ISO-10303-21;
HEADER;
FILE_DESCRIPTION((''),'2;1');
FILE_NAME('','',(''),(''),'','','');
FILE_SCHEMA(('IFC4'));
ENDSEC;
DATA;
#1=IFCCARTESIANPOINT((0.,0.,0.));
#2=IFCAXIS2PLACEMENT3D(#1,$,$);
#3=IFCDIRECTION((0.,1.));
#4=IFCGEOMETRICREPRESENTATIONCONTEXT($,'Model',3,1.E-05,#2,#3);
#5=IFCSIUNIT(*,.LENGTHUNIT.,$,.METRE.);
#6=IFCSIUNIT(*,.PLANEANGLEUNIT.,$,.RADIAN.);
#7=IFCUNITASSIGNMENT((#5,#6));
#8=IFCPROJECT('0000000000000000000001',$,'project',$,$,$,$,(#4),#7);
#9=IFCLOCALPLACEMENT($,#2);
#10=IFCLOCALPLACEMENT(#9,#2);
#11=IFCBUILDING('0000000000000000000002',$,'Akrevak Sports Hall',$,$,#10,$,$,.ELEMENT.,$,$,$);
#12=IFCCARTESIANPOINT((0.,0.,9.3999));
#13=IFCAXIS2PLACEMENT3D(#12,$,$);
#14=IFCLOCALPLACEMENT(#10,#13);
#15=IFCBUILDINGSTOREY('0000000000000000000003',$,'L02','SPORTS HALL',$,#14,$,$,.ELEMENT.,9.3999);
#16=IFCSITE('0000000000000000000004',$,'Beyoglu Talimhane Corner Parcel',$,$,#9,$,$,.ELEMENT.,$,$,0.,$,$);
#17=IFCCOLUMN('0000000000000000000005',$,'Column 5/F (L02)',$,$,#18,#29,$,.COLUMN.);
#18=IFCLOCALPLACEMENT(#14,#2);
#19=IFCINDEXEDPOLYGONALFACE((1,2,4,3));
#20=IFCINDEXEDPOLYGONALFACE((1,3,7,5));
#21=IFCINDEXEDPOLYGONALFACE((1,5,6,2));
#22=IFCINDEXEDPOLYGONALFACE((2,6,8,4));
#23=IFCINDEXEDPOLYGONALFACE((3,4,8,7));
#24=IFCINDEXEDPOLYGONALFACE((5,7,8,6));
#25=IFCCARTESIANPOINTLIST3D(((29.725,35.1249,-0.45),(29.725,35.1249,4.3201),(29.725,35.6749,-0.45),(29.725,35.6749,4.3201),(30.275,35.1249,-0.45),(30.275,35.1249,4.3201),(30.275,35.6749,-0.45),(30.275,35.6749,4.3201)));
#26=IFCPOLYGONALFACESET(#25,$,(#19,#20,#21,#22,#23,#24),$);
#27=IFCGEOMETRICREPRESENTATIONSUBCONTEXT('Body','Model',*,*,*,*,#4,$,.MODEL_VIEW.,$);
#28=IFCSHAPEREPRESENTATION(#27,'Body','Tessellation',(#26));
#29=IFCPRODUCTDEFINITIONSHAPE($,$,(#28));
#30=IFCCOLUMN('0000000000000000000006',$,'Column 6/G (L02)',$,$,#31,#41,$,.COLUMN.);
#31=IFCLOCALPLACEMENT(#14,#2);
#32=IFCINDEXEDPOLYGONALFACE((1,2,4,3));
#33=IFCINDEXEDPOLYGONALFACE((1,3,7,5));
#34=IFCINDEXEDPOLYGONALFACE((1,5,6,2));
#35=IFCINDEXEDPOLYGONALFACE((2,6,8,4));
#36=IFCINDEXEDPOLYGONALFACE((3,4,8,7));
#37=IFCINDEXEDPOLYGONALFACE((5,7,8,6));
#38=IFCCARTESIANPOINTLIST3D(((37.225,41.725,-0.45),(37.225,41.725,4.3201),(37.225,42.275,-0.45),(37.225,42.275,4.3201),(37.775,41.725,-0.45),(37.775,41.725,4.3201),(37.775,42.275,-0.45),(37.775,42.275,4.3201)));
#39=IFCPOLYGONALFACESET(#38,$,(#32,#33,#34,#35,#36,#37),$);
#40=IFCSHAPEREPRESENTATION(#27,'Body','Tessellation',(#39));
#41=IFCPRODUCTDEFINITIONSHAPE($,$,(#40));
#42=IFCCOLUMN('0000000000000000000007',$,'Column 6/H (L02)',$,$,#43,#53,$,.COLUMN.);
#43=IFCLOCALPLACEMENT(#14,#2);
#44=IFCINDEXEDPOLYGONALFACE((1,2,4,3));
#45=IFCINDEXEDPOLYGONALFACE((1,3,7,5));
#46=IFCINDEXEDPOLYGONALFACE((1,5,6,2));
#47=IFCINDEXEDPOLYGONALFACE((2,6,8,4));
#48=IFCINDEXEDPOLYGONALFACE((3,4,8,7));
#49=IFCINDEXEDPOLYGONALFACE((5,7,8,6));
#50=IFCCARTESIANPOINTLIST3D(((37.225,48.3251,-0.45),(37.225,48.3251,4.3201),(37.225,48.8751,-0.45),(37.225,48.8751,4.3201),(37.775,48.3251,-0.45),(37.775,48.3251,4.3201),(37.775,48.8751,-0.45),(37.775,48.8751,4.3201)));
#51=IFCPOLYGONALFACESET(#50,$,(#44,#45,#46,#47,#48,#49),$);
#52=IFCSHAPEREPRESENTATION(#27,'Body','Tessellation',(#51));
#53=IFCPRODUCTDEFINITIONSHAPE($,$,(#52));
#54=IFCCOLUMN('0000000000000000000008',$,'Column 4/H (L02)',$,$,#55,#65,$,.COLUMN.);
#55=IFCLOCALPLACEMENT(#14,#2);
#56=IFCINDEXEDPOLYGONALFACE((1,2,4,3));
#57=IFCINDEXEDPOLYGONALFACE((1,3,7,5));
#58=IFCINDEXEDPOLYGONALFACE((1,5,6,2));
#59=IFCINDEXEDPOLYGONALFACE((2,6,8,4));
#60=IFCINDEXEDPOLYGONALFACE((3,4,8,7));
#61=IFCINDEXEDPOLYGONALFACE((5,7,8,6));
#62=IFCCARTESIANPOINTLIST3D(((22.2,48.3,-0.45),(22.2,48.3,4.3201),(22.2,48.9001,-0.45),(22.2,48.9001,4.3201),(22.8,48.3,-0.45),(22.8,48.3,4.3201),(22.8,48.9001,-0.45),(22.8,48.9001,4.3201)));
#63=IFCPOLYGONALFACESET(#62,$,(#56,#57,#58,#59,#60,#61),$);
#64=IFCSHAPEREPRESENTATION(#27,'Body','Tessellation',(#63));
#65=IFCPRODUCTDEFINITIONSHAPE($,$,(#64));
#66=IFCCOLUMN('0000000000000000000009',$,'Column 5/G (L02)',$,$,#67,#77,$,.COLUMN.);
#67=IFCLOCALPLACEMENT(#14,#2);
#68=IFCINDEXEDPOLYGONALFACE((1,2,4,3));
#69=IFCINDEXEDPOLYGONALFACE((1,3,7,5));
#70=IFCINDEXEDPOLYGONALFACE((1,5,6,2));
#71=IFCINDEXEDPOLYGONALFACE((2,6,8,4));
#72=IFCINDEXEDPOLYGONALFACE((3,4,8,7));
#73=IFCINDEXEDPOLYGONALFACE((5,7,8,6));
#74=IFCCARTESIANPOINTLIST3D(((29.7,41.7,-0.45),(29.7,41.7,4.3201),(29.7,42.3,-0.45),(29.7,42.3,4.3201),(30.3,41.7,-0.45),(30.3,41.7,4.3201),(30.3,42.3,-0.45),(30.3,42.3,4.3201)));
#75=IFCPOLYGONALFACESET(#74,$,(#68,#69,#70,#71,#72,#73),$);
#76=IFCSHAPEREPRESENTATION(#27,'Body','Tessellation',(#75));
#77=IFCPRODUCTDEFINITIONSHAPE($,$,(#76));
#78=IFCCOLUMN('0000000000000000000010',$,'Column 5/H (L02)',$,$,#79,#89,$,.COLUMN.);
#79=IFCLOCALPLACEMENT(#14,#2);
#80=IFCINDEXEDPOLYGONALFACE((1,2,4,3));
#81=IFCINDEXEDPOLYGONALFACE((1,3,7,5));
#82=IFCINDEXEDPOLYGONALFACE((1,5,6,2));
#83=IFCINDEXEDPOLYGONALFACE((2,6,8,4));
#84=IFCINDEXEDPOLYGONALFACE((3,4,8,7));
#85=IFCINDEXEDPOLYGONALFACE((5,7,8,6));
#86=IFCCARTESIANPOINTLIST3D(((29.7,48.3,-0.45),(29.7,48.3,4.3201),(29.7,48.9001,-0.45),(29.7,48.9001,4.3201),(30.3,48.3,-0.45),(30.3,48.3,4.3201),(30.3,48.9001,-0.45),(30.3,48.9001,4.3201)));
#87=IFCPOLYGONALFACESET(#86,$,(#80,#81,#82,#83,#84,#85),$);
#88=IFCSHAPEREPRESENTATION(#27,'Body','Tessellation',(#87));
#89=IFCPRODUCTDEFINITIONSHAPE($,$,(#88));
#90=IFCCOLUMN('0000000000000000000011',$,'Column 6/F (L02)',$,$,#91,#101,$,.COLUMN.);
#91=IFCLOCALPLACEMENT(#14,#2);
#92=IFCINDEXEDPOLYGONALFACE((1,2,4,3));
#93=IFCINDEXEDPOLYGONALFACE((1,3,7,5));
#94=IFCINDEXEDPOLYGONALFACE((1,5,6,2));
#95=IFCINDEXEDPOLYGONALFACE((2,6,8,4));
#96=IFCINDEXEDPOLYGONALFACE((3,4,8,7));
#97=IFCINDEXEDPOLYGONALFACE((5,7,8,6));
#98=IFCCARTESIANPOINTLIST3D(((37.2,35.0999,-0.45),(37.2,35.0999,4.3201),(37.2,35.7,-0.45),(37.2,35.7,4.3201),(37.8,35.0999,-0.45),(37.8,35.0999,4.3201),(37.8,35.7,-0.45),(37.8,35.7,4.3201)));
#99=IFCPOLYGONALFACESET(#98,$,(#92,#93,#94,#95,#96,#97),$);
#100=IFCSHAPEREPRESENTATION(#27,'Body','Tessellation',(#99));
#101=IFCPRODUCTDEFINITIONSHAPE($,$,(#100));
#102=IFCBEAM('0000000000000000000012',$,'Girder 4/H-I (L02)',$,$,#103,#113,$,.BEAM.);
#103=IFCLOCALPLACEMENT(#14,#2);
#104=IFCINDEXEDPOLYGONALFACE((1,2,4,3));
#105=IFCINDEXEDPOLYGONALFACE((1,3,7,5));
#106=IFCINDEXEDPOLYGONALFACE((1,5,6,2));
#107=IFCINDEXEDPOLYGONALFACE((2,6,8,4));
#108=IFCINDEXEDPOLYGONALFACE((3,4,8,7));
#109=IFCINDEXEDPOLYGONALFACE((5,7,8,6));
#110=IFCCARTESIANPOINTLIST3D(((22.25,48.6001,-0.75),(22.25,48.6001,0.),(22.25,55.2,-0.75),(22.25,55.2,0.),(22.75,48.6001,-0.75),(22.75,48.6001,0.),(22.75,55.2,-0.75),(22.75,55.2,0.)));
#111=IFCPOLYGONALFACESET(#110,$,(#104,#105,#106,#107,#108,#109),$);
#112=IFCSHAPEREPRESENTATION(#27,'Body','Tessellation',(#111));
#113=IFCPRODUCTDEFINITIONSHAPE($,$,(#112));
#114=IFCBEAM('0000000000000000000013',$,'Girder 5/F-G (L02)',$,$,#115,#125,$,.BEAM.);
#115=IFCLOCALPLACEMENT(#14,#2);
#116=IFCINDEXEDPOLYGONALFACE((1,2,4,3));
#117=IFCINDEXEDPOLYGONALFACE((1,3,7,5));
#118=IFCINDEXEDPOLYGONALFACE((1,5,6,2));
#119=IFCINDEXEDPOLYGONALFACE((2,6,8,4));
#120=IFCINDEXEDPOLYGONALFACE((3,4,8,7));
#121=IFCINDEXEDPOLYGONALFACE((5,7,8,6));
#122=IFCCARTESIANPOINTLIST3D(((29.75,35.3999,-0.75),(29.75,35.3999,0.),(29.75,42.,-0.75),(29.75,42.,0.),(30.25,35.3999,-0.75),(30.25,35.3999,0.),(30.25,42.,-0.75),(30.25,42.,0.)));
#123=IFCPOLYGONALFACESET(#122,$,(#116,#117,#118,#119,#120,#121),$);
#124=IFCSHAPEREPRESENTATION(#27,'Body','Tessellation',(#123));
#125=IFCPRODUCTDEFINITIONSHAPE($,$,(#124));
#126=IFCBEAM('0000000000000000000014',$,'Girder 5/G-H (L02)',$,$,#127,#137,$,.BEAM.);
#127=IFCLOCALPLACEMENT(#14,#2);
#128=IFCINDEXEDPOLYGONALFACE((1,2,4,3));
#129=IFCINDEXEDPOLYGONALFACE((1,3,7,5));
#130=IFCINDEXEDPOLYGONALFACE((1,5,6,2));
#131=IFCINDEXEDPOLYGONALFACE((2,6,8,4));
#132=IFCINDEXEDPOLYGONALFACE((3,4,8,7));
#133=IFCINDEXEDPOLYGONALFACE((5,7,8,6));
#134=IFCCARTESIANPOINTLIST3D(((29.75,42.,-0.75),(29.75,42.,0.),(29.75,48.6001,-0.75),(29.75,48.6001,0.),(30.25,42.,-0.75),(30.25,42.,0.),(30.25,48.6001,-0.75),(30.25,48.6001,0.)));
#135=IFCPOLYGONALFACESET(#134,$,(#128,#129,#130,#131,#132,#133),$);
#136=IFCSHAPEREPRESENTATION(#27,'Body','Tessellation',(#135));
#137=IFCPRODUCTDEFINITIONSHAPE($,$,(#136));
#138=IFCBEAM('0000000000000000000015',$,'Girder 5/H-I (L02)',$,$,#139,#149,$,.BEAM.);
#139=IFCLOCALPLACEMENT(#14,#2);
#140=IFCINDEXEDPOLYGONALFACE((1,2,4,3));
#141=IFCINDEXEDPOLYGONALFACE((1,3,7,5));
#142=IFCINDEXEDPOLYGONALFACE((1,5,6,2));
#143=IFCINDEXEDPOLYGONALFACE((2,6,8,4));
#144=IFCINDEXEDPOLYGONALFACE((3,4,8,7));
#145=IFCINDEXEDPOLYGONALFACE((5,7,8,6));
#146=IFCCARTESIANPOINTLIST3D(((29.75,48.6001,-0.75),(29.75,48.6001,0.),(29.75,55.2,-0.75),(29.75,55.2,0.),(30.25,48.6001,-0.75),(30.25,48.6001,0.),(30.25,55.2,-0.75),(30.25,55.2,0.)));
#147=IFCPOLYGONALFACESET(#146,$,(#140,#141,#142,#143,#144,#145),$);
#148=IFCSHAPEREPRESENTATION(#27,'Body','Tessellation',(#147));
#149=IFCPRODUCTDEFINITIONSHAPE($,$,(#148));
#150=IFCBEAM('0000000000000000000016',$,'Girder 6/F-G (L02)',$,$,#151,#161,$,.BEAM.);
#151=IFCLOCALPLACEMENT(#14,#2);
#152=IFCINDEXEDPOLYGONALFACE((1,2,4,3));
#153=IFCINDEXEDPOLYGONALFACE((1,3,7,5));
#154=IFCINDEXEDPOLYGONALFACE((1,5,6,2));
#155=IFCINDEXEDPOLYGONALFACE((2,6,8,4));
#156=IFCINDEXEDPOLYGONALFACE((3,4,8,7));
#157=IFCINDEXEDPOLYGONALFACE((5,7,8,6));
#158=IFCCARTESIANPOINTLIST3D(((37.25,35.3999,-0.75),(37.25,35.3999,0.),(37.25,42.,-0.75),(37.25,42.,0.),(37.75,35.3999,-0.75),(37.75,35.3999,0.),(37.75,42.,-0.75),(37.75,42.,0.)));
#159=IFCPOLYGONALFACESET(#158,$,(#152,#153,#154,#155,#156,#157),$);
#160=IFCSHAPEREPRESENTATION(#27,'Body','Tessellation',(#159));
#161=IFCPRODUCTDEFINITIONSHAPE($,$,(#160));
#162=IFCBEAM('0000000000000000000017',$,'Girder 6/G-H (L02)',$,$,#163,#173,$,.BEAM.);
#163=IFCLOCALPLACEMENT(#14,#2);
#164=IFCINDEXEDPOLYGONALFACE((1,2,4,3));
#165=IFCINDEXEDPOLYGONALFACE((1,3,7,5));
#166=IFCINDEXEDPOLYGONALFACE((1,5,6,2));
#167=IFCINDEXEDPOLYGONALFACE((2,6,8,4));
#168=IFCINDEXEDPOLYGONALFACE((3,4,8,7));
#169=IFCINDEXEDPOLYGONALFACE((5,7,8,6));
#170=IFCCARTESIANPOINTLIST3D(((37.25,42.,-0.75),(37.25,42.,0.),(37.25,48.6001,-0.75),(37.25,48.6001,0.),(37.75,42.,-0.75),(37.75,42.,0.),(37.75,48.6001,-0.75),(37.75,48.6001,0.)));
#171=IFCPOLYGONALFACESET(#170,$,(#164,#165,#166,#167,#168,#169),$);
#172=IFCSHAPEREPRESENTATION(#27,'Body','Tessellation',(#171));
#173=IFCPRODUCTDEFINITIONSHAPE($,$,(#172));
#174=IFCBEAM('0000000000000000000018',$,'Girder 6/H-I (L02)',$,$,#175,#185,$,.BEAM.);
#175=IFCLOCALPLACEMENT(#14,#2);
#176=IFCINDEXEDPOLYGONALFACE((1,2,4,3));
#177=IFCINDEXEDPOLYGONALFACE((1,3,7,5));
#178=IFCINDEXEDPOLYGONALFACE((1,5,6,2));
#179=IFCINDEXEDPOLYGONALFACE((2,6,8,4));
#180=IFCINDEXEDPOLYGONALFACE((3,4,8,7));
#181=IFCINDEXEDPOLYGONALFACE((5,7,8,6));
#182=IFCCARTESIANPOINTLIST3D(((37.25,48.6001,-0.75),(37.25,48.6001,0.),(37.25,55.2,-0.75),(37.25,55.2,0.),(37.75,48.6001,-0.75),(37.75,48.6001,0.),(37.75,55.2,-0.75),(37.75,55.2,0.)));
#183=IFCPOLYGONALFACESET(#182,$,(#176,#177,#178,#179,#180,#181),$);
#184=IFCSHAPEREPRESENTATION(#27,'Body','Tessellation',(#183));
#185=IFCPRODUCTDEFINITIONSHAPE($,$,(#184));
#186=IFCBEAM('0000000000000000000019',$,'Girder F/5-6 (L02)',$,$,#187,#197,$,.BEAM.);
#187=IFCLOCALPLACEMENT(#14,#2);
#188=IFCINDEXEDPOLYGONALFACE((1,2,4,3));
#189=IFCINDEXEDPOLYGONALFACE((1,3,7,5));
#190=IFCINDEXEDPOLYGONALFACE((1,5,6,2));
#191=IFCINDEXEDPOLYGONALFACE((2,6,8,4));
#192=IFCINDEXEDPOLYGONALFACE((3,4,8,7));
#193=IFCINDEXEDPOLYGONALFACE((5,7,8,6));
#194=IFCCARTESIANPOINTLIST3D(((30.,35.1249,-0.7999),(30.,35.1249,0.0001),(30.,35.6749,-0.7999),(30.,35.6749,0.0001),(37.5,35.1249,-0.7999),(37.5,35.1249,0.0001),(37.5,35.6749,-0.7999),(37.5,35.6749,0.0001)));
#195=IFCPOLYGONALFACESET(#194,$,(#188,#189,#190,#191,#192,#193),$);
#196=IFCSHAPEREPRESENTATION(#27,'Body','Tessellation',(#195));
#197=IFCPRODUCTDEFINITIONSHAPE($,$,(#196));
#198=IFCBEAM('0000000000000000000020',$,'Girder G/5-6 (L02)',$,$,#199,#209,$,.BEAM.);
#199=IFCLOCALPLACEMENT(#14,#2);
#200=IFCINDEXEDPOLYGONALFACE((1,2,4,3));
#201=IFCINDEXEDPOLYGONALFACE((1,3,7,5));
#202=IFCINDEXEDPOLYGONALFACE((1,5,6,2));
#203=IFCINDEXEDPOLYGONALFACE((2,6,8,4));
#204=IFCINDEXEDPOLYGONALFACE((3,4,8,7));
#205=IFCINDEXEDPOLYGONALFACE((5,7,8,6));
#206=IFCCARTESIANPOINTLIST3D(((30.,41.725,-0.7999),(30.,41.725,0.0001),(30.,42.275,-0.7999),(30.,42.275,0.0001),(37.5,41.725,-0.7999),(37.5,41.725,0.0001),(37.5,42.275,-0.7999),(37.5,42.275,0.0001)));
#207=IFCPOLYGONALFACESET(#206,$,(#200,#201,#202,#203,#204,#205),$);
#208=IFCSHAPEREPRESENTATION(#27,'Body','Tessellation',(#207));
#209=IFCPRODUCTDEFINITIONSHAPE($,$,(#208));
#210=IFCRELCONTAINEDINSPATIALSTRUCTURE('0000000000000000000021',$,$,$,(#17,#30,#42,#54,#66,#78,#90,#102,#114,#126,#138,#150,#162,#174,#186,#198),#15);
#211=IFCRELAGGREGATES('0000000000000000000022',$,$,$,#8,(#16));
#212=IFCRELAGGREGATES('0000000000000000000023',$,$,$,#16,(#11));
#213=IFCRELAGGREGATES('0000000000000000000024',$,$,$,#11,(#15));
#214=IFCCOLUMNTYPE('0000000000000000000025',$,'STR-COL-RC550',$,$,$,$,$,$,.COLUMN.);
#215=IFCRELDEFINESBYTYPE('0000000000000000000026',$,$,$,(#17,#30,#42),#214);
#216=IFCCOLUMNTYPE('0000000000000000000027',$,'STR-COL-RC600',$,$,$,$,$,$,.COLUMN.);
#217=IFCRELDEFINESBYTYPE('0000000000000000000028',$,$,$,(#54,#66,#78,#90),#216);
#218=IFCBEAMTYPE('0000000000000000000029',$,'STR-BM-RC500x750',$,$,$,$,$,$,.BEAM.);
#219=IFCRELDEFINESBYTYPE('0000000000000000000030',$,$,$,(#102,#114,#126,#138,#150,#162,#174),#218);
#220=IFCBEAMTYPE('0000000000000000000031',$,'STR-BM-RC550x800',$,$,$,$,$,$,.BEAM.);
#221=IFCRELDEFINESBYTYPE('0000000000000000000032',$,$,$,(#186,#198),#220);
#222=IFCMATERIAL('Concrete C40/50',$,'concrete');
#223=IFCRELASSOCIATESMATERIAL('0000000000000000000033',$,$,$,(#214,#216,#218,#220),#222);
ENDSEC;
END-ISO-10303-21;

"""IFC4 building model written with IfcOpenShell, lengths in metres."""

from ifc_helpers import new_model, si_unit, direction, frame, origin, origin_2d, place, context, subcontext, project, spatial, rectangle, extrude, material, material_profile, profile_set, type_object, element, save


model = new_model("IFC4")

# Units and contexts
model_context = context("Model", 3, precision=1e-05, world=origin(), true_north=direction((0.0, 1.0)))
body_context = subcontext(model_context, "Body", "Model", "MODEL_VIEW")
ifc_project = project(units=[si_unit("LENGTHUNIT", "METRE"), si_unit("PLANEANGLEUNIT", "RADIAN")], contexts=[model_context])

# Site, building, storey
site_placement = place(None, origin())
site = spatial("IfcSite", under=ifc_project, at=site_placement, Name="Beyoglu Talimhane Corner Parcel", CompositionType="ELEMENT", RefElevation=0.0)
building_placement = place(site_placement, origin())
building = spatial("IfcBuilding", under=site, at=building_placement, Name="Akrevak Sports Hall", CompositionType="ELEMENT")
storey_placement = place(building_placement, frame((0.0, 0.0, 9.3999)))
storey = spatial("IfcBuildingStorey", under=building, at=storey_placement, Name="L02", Description="SPORTS HALL", CompositionType="ELEMENT", Elevation=9.3999)

# Columns
ifc_material_1 = material(Name="Concrete C40/50", Category="concrete")
ifc_material_profile_1 = material_profile(ifc_material_1, rectangle(XDim=0.55, YDim=0.55, at=origin_2d()), Name="RC 550x550", Category="concrete")
ifc_profile_set_1 = profile_set([ifc_material_profile_1], Name="Concrete C40/50")
column_type_1 = type_object("IfcColumnType", Name="STR-COL-RC550", PredefinedType="COLUMN", material=ifc_profile_set_1)
for number, where, z_axis, x_axis, name in (
    (1, (30.0, 35.3999, -0.45), (0.0, 0.0, 1.0), (1.0, 0.0, 0.0), "Column 5/F (L02)"),
    (2, (37.5, 42.0, -0.45), (0.0, 0.0, 1.0), (1.0, 0.0, 0.0), "Column 6/G (L02)"),
    (3, (37.5, 48.6001, -0.45), (0.0, 0.0, 1.0), (1.0, 0.0, 0.0), "Column 6/H (L02)"),
):
    element("IfcColumn", number, at=place(storey_placement, frame(where, z_axis=z_axis, x_axis=x_axis)), inside=storey, type_object=column_type_1, Name=name, PredefinedType="COLUMN", context=body_context, shape_type="SweptSolid", body=[
        extrude(rectangle(XDim=0.55, YDim=0.55, at=origin_2d()), origin(), (0.0, 0.0, 1.0), 4.77),
    ])
ifc_material_profile_2 = material_profile(ifc_material_1, rectangle(XDim=0.6001, YDim=0.6001, at=origin_2d()), Name="RC 600x600", Category="concrete")
ifc_profile_set_2 = profile_set([ifc_material_profile_2], Name="Concrete C40/50")
column_type_2 = type_object("IfcColumnType", Name="STR-COL-RC600", PredefinedType="COLUMN", material=ifc_profile_set_2)
for number, where, z_axis, x_axis, name in (
    (4, (22.5, 48.6001, -0.45), (0.0, 0.0, 1.0), (1.0, 0.0, 0.0), "Column 4/H (L02)"),
    (5, (30.0, 42.0, -0.45), (0.0, 0.0, 1.0), (1.0, 0.0, 0.0), "Column 5/G (L02)"),
    (6, (30.0, 48.6001, -0.45), (0.0, 0.0, 1.0), (1.0, 0.0, 0.0), "Column 5/H (L02)"),
    (7, (37.5, 35.3999, -0.45), (0.0, 0.0, 1.0), (1.0, 0.0, 0.0), "Column 6/F (L02)"),
):
    element("IfcColumn", number, at=place(storey_placement, frame(where, z_axis=z_axis, x_axis=x_axis)), inside=storey, type_object=column_type_2, Name=name, PredefinedType="COLUMN", context=body_context, shape_type="SweptSolid", body=[
        extrude(rectangle(XDim=0.6001, YDim=0.6001, at=origin_2d()), origin(), (0.0, 0.0, 1.0), 4.77),
    ])

# Beams
ifc_material_profile_3 = material_profile(ifc_material_1, rectangle(XDim=0.5, YDim=0.75, at=origin_2d()), Name="BM 500x750", Category="concrete")
ifc_profile_set_3 = profile_set([ifc_material_profile_3], Name="Concrete C40/50")
beam_type_1 = type_object("IfcBeamType", Name="STR-BM-RC500x750", PredefinedType="BEAM", material=ifc_profile_set_3)
beam_1_placement = place(storey_placement, frame((22.5, 48.6001, -0.375), z_axis=(0.0, 1.0, 0.0), x_axis=(-1.0, 0.0, 0.0)))
element("IfcBeam", 8, at=beam_1_placement, inside=storey, type_object=beam_type_1, Name="Girder 4/H-I (L02)", PredefinedType="BEAM", context=body_context, shape_type="SweptSolid", body=[
    extrude(rectangle(XDim=0.5, YDim=0.75, at=origin_2d()), origin(), (0.0, 0.0, 1.0), 6.5999),
])
for number, where, z_axis, x_axis, name in (
    (9, (30.0, 35.3999, -0.375), (0.0, 1.0, 0.0), (-1.0, 0.0, 0.0), "Girder 5/F-G (L02)"),
    (10, (30.0, 42.0, -0.375), (0.0, 1.0, 0.0), (-1.0, 0.0, 0.0), "Girder 5/G-H (L02)"),
):
    element("IfcBeam", number, at=place(storey_placement, frame(where, z_axis=z_axis, x_axis=x_axis)), inside=storey, type_object=beam_type_1, Name=name, PredefinedType="BEAM", context=body_context, shape_type="SweptSolid", body=[
        extrude(rectangle(XDim=0.5, YDim=0.75, at=origin_2d()), origin(), (0.0, 0.0, 1.0), 6.6001),
    ])
beam_2_placement = place(storey_placement, frame((30.0, 48.6001, -0.375), z_axis=(0.0, 1.0, 0.0), x_axis=(-1.0, 0.0, 0.0)))
element("IfcBeam", 11, at=beam_2_placement, inside=storey, type_object=beam_type_1, Name="Girder 5/H-I (L02)", PredefinedType="BEAM", context=body_context, shape_type="SweptSolid", body=[
    extrude(rectangle(XDim=0.5, YDim=0.75, at=origin_2d()), origin(), (0.0, 0.0, 1.0), 6.5999),
])
for number, where, z_axis, x_axis, name in (
    (12, (37.5, 35.3999, -0.375), (0.0, 1.0, 0.0), (-1.0, 0.0, 0.0), "Girder 6/F-G (L02)"),
    (13, (37.5, 42.0, -0.375), (0.0, 1.0, 0.0), (-1.0, 0.0, 0.0), "Girder 6/G-H (L02)"),
):
    element("IfcBeam", number, at=place(storey_placement, frame(where, z_axis=z_axis, x_axis=x_axis)), inside=storey, type_object=beam_type_1, Name=name, PredefinedType="BEAM", context=body_context, shape_type="SweptSolid", body=[
        extrude(rectangle(XDim=0.5, YDim=0.75, at=origin_2d()), origin(), (0.0, 0.0, 1.0), 6.6001),
    ])
beam_3_placement = place(storey_placement, frame((37.5, 48.6001, -0.375), z_axis=(0.0, 1.0, 0.0), x_axis=(-1.0, 0.0, 0.0)))
element("IfcBeam", 14, at=beam_3_placement, inside=storey, type_object=beam_type_1, Name="Girder 6/H-I (L02)", PredefinedType="BEAM", context=body_context, shape_type="SweptSolid", body=[
    extrude(rectangle(XDim=0.5, YDim=0.75, at=origin_2d()), origin(), (0.0, 0.0, 1.0), 6.5999),
])
ifc_material_profile_4 = material_profile(ifc_material_1, rectangle(XDim=0.55, YDim=0.8, at=origin_2d()), Name="BM 550x800", Category="concrete")
ifc_profile_set_4 = profile_set([ifc_material_profile_4], Name="Concrete C40/50")
beam_type_2 = type_object("IfcBeamType", Name="STR-BM-RC550x800", PredefinedType="BEAM", material=ifc_profile_set_4)
for number, where, z_axis, x_axis, name in (
    (15, (30.0, 35.3999, -0.3999), (1.0, 0.0, 0.0), (0.0, 1.0, 0.0), "Girder F/5-6 (L02)"),
    (16, (30.0, 42.0, -0.3999), (1.0, 0.0, 0.0), (0.0, 1.0, 0.0), "Girder G/5-6 (L02)"),
):
    element("IfcBeam", number, at=place(storey_placement, frame(where, z_axis=z_axis, x_axis=x_axis)), inside=storey, type_object=beam_type_2, Name=name, PredefinedType="BEAM", context=body_context, shape_type="SweptSolid", body=[
        extrude(rectangle(XDim=0.55, YDim=0.8, at=origin_2d()), origin(), (0.0, 0.0, 1.0), 7.5),
    ])

save(model, "model.ifc")
